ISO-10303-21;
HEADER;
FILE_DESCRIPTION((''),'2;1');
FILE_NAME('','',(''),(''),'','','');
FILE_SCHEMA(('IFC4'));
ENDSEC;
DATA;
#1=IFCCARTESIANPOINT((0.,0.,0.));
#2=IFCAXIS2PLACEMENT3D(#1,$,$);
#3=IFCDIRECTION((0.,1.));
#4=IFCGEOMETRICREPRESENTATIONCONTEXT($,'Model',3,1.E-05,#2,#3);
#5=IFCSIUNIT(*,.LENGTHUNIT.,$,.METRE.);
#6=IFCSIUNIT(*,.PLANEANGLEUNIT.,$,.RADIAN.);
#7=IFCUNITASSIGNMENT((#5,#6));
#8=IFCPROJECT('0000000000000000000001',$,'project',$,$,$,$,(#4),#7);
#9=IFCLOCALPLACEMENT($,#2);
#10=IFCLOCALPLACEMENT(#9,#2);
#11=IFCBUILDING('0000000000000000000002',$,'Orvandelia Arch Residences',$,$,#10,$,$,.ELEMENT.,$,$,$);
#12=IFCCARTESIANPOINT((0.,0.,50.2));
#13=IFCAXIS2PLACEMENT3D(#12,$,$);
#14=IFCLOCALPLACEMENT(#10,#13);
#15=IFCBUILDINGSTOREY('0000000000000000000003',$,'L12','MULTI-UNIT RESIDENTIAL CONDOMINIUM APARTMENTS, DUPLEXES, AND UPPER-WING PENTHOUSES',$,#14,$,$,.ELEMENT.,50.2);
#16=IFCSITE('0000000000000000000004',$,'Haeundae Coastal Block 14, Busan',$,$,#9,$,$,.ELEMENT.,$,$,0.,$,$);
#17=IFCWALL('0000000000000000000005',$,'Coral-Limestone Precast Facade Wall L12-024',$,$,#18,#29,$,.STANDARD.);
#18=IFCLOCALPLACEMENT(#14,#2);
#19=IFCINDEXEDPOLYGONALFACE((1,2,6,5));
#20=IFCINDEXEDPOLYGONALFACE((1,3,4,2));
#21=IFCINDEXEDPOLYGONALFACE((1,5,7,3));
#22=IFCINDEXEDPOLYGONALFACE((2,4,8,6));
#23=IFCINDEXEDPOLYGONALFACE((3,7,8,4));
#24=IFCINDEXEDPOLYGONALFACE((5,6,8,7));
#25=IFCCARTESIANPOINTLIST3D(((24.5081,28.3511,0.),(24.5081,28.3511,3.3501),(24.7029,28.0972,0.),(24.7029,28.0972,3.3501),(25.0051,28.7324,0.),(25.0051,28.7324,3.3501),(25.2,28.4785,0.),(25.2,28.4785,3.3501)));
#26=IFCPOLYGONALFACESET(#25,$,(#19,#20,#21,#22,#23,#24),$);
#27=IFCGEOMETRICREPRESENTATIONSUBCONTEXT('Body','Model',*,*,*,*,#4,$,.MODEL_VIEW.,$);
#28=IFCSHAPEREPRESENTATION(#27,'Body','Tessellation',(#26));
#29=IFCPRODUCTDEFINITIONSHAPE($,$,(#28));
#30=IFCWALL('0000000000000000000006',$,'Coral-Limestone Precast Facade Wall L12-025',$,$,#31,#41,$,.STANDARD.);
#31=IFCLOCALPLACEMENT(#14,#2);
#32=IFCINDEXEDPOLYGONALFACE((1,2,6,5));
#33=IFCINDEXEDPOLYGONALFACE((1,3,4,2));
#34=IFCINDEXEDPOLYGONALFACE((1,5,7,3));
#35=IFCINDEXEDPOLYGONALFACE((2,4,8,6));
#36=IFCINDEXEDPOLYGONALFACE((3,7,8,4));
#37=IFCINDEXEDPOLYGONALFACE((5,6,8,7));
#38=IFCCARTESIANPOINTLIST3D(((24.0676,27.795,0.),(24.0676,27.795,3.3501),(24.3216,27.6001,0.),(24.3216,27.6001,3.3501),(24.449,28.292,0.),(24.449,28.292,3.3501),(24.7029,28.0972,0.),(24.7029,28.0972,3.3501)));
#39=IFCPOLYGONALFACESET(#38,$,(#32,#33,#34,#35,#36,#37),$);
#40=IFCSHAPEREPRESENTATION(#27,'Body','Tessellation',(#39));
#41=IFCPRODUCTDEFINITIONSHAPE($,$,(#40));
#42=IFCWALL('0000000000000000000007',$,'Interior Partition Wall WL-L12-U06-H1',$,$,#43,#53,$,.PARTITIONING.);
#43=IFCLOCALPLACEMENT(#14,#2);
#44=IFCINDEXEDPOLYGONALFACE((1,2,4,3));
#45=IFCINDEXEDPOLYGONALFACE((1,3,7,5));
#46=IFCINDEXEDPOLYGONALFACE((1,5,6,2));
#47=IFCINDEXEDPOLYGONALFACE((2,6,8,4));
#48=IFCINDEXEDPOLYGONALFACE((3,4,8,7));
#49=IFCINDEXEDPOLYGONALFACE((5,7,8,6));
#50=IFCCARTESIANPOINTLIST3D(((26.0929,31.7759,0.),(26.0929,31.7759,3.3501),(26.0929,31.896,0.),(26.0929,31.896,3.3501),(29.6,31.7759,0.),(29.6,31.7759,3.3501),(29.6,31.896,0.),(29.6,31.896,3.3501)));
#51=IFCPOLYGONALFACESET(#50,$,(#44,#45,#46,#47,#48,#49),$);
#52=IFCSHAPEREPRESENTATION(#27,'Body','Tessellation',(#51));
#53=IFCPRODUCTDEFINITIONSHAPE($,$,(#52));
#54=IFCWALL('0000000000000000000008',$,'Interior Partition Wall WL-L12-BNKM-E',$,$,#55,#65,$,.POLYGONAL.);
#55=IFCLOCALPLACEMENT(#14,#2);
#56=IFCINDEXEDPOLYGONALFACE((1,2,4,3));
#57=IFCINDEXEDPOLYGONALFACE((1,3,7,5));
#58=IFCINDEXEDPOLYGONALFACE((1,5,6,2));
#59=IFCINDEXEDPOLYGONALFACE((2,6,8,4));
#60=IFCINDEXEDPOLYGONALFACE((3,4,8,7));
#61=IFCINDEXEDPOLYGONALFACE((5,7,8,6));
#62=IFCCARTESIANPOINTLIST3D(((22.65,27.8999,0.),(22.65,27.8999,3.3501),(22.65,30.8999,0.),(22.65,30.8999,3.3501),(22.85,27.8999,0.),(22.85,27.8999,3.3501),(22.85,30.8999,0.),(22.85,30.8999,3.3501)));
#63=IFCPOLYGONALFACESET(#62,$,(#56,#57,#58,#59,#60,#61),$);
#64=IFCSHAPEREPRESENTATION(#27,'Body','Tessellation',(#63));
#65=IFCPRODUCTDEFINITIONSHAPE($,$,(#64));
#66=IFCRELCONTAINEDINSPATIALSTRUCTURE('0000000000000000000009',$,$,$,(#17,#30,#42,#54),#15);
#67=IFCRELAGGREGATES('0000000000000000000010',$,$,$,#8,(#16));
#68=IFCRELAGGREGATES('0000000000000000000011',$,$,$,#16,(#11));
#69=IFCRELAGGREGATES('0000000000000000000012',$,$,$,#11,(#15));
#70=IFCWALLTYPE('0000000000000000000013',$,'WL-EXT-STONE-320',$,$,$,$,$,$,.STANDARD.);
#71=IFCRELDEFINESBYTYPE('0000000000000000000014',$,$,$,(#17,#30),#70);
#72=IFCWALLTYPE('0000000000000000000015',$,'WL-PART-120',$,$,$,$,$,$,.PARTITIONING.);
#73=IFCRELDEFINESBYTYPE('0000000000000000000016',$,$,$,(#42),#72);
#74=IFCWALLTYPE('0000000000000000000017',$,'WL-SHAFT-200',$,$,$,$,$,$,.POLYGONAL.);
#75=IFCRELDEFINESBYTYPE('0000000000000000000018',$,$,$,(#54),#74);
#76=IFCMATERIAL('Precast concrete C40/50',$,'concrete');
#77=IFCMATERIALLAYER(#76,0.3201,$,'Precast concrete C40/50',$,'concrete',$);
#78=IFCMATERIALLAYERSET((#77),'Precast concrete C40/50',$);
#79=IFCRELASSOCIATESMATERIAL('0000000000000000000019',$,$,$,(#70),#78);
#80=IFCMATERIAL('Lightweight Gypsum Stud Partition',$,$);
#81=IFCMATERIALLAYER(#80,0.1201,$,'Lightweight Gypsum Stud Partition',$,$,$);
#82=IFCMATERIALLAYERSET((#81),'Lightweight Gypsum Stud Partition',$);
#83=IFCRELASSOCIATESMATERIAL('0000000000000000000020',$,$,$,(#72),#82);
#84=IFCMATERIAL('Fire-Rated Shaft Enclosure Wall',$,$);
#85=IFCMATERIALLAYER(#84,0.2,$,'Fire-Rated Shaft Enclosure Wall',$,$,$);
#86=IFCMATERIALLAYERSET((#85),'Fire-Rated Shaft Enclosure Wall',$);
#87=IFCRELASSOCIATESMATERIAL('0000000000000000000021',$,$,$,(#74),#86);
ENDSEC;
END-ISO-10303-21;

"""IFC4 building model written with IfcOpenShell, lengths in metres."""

from ifc_helpers import new_model, si_unit, direction, frame, frame_2d, origin, place, context, subcontext, project, spatial, rectangle, extrude, material, layer, layer_set, type_object, element, save


model = new_model("IFC4")

# Units and contexts
model_context = context("Model", 3, precision=1e-05, world=origin(), true_north=direction((0.0, 1.0)))
body_context = subcontext(model_context, "Body", "Model", "MODEL_VIEW")
ifc_project = project(units=[si_unit("LENGTHUNIT", "METRE"), si_unit("PLANEANGLEUNIT", "RADIAN")], contexts=[model_context])

# Site, building, storey
site_placement = place(None, origin())
site = spatial("IfcSite", under=ifc_project, at=site_placement, Name="Haeundae Coastal Block 14, Busan", CompositionType="ELEMENT", RefElevation=0.0)
building_placement = place(site_placement, origin())
building = spatial("IfcBuilding", under=site, at=building_placement, Name="Orvandelia Arch Residences", CompositionType="ELEMENT")
storey_placement = place(building_placement, frame((0.0, 0.0, 50.2)))
storey = spatial("IfcBuildingStorey", under=building, at=storey_placement, Name="L12", Description="MULTI-UNIT RESIDENTIAL CONDOMINIUM APARTMENTS, DUPLEXES, AND UPPER-WING PENTHOUSES", CompositionType="ELEMENT", Elevation=50.2)

# Walls
ifc_material_1 = material(Name="Precast concrete C40/50", Category="concrete")
ifc_layer_1 = layer(ifc_material_1, 0.3201, Name="Precast concrete C40/50", Category="concrete")
ifc_layer_set_1 = layer_set([ifc_layer_1], Name="Precast concrete C40/50")
wall_type_1 = type_object("IfcWallType", Name="WL-EXT-STONE-320", PredefinedType="STANDARD", material=ifc_layer_set_1)
for number, where, z_axis, x_axis, name in (
    (1, (25.1025, 28.6055, 0.0), (0.0, 0.0, 1.0), (-0.793406, -0.608693, 0.0), "Coral-Limestone Precast Facade Wall L12-024"),
    (2, (24.5759, 28.1946, 0.0), (0.0, 0.0, 1.0), (-0.608693, -0.793406, 0.0), "Coral-Limestone Precast Facade Wall L12-025"),
):
    element("IfcWall", number, at=place(storey_placement, frame(where, z_axis=z_axis, x_axis=x_axis)), inside=storey, type_object=wall_type_1, Name=name, PredefinedType="STANDARD", context=body_context, shape_type="SweptSolid", body=[
        extrude(rectangle(XDim=0.6265, YDim=0.3201, at=frame_2d((0.3132, 0.0))), origin(), (0.0, 0.0, 1.0), 3.3501),
    ])
ifc_material_2 = material(Name="Lightweight Gypsum Stud Partition")
ifc_layer_2 = layer(ifc_material_2, 0.1201, Name="Lightweight Gypsum Stud Partition")
ifc_layer_set_2 = layer_set([ifc_layer_2], Name="Lightweight Gypsum Stud Partition")
wall_type_2 = type_object("IfcWallType", Name="WL-PART-120", PredefinedType="PARTITIONING", material=ifc_layer_set_2)
wall_1_placement = place(storey_placement, frame((26.093, 31.8359, 0.0), z_axis=(0.0, 0.0, 1.0), x_axis=(1.0, 0.0, 0.0)))
element("IfcWall", 3, at=wall_1_placement, inside=storey, type_object=wall_type_2, Name="Interior Partition Wall WL-L12-U06-H1", PredefinedType="PARTITIONING", context=body_context, shape_type="SweptSolid", body=[
    extrude(rectangle(XDim=3.5071, YDim=0.1201, at=frame_2d((1.7534, 0.0))), origin(), (0.0, 0.0, 1.0), 3.3501),
])
ifc_material_3 = material(Name="Fire-Rated Shaft Enclosure Wall")
ifc_layer_3 = layer(ifc_material_3, 0.2, Name="Fire-Rated Shaft Enclosure Wall")
ifc_layer_set_3 = layer_set([ifc_layer_3], Name="Fire-Rated Shaft Enclosure Wall")
wall_type_3 = type_object("IfcWallType", Name="WL-SHAFT-200", PredefinedType="POLYGONAL", material=ifc_layer_set_3)
wall_2_placement = place(storey_placement, frame((22.75, 27.8999, 0.0), z_axis=(0.0, 0.0, 1.0), x_axis=(0.0, 1.0, 0.0)))
element("IfcWall", 4, at=wall_2_placement, inside=storey, type_object=wall_type_3, Name="Interior Partition Wall WL-L12-BNKM-E", PredefinedType="POLYGONAL", context=body_context, shape_type="SweptSolid", body=[
    extrude(rectangle(XDim=3.0, YDim=0.2, at=frame_2d((1.5, 0.0))), origin(), (0.0, 0.0, 1.0), 3.3501),
])

save(model, "model.ifc")
